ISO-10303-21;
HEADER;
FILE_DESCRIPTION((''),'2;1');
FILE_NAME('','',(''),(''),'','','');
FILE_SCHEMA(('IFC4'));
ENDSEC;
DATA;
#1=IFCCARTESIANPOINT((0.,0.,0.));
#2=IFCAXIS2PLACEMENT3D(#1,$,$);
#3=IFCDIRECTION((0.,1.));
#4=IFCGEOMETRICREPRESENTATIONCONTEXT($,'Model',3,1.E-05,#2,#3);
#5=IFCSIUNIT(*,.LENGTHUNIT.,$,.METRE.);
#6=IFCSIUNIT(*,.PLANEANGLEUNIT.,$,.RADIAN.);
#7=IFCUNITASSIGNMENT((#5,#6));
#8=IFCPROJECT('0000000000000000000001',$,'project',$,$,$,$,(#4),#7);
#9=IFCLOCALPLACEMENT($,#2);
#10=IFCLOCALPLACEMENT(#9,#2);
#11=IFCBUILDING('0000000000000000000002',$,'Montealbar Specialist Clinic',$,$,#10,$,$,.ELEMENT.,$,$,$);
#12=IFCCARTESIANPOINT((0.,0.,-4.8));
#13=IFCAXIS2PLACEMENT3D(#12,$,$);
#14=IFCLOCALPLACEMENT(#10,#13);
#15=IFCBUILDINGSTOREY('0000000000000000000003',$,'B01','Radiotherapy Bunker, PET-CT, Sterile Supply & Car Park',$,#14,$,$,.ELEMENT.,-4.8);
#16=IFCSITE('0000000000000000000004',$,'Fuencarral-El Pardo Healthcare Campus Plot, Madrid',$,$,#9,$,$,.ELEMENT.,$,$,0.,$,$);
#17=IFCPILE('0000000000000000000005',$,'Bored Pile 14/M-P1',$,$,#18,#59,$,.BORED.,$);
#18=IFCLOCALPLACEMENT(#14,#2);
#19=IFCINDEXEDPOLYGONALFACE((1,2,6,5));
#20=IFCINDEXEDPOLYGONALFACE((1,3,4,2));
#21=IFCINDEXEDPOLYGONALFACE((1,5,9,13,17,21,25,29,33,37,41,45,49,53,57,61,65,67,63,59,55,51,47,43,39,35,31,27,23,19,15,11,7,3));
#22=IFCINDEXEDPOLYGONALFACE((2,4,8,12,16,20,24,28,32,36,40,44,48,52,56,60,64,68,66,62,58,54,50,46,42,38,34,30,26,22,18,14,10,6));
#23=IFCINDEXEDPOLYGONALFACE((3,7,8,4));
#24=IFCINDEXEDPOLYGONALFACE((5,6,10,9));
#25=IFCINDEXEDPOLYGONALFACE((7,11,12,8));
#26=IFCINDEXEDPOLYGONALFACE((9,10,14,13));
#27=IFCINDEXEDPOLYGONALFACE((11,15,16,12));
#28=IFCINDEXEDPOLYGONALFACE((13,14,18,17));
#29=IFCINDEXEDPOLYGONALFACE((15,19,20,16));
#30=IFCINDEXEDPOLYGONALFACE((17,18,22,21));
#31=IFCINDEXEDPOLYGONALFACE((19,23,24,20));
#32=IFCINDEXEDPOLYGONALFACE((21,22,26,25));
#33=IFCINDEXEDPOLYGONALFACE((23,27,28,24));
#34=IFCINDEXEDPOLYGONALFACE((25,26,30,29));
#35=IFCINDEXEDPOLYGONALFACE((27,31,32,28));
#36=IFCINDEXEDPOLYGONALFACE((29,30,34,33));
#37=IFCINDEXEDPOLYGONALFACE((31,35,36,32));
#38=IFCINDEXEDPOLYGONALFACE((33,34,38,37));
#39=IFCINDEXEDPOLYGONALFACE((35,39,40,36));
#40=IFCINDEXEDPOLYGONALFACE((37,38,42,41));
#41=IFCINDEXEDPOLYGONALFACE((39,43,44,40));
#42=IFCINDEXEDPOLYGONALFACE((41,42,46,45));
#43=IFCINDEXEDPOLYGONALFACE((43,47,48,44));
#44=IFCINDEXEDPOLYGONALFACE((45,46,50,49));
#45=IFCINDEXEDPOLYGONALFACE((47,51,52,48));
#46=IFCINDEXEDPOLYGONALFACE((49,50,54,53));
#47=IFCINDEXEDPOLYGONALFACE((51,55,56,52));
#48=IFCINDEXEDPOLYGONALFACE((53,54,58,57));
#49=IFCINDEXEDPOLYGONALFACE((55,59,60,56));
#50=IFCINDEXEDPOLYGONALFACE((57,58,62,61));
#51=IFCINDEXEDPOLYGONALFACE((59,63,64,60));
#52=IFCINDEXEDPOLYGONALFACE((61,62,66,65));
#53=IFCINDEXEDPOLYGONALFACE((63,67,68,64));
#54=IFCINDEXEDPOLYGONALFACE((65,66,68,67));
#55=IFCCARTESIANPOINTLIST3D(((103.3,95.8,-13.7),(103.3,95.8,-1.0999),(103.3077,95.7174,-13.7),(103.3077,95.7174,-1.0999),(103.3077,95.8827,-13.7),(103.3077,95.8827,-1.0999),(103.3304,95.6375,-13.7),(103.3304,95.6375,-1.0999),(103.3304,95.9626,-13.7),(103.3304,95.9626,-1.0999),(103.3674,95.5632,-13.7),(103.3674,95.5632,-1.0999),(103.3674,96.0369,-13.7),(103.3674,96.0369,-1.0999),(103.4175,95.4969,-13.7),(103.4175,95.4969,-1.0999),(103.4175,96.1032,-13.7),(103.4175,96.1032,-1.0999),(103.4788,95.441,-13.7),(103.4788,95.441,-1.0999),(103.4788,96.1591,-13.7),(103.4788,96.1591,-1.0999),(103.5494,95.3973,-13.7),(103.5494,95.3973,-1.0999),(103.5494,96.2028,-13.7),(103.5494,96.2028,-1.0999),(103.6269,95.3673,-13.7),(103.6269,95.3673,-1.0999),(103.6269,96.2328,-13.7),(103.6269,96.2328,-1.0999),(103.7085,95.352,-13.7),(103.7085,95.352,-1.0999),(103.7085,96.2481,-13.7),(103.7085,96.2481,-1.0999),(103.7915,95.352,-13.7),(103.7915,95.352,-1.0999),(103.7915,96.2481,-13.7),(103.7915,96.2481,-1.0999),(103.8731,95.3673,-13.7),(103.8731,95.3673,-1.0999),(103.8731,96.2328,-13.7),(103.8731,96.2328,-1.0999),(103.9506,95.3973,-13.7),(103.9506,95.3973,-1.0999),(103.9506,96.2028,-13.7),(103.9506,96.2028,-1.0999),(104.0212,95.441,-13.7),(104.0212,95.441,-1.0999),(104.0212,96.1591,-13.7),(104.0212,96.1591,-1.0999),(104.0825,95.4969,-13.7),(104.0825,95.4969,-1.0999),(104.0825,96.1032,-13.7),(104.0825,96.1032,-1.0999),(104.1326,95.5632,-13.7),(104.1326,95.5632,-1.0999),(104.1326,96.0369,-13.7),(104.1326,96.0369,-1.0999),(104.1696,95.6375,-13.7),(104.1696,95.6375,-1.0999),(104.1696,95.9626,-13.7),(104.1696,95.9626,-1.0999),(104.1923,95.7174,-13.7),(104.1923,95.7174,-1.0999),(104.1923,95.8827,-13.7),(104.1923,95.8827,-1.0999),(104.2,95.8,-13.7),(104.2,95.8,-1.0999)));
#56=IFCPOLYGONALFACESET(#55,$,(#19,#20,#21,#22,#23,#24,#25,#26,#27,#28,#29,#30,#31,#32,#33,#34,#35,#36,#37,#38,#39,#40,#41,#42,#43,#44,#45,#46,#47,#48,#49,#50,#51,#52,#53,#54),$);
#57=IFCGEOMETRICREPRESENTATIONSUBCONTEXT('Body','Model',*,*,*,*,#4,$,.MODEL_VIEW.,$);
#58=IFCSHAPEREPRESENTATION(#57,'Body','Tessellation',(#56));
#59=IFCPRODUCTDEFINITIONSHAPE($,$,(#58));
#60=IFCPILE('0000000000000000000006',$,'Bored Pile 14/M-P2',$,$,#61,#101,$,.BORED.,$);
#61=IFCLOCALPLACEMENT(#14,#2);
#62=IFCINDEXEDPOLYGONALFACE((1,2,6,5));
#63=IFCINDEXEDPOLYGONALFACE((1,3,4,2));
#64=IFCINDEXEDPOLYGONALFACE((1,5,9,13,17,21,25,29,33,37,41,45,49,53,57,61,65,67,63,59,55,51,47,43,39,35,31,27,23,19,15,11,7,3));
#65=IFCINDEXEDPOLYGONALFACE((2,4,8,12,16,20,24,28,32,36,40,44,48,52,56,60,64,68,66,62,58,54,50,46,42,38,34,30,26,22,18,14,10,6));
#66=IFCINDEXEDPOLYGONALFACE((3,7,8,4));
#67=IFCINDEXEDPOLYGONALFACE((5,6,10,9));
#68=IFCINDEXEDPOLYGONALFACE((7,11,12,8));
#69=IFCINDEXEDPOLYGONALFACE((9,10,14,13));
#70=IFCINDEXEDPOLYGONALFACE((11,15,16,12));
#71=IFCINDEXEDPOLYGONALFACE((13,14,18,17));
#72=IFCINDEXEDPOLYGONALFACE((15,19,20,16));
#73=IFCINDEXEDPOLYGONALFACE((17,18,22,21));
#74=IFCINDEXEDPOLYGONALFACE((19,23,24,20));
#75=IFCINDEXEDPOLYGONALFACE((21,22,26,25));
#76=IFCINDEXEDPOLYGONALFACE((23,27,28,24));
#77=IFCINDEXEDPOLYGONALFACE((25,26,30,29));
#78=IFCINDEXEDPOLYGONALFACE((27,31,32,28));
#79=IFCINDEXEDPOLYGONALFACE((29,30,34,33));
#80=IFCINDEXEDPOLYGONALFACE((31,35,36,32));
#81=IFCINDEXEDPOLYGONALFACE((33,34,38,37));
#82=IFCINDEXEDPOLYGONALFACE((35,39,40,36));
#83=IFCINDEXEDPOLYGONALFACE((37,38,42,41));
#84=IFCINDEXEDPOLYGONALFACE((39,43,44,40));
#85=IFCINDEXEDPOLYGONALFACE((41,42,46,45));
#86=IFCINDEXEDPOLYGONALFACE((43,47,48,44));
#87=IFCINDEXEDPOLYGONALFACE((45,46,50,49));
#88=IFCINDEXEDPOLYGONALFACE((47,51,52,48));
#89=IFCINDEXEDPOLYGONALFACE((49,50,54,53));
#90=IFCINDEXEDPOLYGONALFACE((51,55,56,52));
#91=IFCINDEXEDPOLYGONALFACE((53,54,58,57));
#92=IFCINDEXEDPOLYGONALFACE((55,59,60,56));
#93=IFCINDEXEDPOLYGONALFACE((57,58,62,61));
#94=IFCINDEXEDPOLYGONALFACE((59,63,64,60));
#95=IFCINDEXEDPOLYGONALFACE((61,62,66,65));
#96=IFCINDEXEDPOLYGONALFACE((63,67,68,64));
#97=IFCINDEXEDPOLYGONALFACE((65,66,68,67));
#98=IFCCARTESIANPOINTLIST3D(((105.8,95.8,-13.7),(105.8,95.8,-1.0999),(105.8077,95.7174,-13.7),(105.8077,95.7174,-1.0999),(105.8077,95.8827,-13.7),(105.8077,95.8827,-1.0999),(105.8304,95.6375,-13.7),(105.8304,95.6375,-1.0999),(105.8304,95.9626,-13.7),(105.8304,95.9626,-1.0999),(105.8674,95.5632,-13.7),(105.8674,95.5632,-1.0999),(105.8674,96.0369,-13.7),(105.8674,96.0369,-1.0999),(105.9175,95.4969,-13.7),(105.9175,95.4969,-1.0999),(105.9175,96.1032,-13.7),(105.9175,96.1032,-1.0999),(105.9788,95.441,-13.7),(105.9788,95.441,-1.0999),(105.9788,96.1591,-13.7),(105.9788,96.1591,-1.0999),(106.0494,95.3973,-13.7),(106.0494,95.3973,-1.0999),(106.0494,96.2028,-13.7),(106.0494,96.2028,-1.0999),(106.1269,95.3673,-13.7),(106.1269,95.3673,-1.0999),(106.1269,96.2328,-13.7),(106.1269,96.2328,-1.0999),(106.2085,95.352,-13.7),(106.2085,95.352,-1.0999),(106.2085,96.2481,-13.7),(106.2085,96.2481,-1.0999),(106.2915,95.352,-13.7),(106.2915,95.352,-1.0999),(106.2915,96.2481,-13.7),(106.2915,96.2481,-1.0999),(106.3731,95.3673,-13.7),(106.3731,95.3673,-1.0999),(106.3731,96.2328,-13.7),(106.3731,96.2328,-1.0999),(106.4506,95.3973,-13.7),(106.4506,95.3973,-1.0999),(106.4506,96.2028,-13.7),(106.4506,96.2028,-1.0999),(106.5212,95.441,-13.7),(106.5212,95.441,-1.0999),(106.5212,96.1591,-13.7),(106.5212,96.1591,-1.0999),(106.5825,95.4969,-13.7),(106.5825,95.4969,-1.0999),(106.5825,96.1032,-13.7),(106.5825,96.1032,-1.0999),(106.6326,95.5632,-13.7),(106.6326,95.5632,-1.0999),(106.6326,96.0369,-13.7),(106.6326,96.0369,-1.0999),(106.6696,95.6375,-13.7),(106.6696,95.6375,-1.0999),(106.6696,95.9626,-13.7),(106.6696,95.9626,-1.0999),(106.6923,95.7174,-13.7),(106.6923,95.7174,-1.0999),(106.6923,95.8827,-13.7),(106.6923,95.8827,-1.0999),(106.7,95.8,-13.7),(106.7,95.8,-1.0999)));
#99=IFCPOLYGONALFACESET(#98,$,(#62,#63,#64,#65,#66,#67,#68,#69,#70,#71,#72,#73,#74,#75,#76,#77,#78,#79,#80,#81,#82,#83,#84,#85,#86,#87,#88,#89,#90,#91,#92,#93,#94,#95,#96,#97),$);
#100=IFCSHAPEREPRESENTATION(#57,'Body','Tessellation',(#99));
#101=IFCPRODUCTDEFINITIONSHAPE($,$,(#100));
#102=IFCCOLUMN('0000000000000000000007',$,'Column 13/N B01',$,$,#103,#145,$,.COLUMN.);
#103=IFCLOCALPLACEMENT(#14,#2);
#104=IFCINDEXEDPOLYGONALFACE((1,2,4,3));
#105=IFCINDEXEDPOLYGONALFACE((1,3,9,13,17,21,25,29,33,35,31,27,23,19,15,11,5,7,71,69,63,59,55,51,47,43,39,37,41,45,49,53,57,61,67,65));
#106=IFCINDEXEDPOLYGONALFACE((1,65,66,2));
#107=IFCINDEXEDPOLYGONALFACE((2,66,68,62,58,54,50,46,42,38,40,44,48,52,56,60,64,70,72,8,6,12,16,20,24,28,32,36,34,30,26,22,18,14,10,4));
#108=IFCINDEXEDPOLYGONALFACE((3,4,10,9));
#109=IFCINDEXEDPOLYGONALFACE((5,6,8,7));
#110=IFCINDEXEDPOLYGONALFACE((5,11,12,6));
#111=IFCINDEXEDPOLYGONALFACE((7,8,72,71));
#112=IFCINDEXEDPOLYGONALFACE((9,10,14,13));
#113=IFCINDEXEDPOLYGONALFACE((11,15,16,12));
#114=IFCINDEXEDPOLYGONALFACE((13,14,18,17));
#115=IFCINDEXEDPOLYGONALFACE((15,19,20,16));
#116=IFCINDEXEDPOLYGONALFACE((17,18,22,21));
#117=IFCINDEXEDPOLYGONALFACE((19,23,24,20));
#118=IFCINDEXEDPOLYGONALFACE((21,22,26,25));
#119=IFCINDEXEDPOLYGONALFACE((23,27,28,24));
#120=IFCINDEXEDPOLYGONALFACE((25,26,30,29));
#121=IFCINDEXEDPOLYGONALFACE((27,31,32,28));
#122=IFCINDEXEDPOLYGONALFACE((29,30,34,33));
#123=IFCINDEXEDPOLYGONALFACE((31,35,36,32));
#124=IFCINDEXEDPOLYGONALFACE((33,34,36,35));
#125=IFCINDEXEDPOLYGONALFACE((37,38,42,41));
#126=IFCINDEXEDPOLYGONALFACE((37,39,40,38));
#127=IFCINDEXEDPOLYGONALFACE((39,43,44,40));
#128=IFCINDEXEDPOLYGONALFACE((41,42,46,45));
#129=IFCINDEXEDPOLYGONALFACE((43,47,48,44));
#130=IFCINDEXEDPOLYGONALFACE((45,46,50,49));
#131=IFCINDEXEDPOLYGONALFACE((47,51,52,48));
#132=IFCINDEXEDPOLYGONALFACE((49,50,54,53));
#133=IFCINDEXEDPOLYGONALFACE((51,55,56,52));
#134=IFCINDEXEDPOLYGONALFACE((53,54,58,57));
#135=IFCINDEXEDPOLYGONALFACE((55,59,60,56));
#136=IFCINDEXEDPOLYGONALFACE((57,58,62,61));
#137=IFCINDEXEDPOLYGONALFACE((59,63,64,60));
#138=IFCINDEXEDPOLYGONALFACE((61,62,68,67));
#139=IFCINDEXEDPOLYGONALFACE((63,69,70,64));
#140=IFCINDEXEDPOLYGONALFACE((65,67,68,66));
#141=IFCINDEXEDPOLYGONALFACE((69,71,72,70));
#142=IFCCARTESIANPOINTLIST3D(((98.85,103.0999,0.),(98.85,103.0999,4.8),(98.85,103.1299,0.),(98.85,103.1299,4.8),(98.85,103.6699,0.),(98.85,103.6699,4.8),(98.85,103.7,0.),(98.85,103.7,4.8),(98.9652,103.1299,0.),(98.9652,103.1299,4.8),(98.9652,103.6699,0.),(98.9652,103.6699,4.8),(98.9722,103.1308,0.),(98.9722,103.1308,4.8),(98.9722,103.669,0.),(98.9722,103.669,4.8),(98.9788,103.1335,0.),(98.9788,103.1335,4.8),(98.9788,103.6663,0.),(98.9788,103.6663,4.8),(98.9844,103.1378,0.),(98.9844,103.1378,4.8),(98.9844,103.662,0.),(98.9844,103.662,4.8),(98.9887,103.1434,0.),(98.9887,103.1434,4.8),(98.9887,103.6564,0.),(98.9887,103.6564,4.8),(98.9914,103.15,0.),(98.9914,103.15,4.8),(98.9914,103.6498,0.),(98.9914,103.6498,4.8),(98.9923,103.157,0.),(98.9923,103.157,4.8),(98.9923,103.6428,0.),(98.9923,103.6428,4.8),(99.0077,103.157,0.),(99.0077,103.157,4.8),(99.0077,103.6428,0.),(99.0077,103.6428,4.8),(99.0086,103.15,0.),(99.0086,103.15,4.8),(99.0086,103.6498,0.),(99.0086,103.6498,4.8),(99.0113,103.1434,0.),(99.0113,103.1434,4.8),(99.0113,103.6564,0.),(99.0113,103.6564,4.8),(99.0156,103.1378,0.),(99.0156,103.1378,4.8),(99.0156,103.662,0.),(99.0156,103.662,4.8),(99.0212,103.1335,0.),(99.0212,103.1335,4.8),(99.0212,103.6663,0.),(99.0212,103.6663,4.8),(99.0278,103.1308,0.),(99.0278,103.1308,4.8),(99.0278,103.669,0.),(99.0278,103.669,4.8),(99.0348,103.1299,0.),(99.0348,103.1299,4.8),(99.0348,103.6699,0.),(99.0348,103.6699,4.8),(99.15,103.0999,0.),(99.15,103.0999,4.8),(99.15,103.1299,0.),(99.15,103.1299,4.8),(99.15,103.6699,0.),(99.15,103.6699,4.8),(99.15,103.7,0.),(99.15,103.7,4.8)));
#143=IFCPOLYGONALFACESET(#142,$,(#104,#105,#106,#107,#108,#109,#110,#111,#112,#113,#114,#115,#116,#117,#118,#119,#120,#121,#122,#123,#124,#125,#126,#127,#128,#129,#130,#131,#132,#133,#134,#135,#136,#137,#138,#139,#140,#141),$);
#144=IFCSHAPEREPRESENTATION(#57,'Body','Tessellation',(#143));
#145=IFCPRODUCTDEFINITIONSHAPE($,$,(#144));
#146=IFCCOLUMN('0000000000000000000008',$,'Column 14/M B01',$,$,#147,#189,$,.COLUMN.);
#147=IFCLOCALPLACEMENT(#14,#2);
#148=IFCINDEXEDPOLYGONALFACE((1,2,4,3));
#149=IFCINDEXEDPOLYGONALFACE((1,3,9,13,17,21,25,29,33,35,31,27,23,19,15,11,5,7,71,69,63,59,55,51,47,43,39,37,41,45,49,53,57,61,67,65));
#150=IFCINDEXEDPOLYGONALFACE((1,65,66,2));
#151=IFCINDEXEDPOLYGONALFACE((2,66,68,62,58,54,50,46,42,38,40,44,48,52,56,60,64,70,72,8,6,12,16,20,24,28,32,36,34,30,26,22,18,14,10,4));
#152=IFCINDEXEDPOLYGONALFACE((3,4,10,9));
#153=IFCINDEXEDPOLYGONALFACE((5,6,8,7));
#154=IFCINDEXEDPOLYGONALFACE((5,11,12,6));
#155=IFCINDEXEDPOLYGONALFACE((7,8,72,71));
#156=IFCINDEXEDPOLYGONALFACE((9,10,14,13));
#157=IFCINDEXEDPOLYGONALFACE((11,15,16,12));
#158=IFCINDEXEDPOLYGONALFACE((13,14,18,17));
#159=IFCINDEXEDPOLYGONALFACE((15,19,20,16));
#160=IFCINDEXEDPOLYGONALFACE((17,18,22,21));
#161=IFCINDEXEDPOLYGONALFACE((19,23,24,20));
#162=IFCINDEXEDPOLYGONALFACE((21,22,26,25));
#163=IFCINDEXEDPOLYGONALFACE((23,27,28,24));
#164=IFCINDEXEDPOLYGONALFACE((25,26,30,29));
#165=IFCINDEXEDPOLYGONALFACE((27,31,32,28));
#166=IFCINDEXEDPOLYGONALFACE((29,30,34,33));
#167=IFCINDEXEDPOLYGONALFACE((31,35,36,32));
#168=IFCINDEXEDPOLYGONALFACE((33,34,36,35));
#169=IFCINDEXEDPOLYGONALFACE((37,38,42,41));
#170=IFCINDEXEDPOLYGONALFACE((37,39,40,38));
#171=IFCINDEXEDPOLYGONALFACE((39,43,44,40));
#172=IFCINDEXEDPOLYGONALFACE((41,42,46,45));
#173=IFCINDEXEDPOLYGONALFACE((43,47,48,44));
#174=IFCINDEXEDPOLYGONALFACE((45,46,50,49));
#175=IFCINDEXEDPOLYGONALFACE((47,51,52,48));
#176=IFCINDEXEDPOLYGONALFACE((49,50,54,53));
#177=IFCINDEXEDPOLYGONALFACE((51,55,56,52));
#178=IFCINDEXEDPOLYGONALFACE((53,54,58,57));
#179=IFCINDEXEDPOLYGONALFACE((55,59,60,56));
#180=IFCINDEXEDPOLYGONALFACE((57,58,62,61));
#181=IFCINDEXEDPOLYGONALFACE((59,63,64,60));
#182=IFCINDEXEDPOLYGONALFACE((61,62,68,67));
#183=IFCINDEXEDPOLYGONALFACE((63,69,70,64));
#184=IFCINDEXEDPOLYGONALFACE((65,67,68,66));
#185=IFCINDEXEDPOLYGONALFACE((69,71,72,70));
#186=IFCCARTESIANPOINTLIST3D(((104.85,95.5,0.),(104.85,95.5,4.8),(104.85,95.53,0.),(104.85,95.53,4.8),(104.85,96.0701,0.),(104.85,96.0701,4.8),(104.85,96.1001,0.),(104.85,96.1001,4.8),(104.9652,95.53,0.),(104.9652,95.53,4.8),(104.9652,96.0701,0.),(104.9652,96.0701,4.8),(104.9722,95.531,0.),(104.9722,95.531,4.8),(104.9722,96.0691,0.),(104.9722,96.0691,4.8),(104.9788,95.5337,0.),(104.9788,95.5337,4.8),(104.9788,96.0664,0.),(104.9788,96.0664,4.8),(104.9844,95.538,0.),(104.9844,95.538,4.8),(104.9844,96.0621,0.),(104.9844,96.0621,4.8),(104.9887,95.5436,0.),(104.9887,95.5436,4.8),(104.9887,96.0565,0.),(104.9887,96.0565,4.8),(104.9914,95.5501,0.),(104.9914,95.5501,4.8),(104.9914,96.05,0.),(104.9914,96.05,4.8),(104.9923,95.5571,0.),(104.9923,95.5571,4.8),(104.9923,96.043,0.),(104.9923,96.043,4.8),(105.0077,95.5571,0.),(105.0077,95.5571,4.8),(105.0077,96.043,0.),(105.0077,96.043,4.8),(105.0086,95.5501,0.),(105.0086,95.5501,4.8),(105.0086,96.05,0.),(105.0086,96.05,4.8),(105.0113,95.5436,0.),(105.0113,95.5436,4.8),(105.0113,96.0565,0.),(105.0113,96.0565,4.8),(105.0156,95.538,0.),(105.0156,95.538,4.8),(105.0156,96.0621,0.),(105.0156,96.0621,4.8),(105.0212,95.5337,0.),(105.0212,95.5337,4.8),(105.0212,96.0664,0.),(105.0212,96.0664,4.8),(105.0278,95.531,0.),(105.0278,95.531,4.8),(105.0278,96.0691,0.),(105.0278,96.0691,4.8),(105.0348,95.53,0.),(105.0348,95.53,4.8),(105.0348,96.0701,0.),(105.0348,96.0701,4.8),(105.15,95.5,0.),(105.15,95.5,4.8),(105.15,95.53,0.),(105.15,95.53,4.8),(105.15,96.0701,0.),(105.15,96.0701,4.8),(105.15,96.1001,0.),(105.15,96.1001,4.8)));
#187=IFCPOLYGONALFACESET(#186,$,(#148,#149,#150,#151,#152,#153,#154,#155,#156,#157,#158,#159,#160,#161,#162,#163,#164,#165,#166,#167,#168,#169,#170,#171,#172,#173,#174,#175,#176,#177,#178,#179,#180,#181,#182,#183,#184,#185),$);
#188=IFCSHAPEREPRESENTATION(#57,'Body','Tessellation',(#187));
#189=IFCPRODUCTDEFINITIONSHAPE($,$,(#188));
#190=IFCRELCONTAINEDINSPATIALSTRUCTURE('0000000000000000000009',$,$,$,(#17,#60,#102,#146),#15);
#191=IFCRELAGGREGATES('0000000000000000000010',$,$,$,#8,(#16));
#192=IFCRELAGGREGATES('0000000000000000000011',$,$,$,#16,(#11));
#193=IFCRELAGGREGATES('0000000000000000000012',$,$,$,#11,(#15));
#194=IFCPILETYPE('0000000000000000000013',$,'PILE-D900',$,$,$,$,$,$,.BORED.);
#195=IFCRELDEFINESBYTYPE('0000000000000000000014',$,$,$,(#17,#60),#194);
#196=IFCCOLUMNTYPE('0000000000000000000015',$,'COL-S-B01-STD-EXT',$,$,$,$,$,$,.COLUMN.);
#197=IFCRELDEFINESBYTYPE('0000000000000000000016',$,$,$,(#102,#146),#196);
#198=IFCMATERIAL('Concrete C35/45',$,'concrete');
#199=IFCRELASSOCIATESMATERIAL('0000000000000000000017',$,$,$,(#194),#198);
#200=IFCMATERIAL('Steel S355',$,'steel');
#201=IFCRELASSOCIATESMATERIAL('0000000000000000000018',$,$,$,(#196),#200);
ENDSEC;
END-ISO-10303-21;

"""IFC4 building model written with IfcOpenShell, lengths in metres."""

from ifc_helpers import new_model, si_unit, direction, frame, origin, origin_2d, place, context, subcontext, project, spatial, circle, i_section, extrude, material, material_profile, profile_set, type_object, element, save


model = new_model("IFC4")

# Units and contexts
model_context = context("Model", 3, precision=1e-05, world=origin(), true_north=direction((0.0, 1.0)))
body_context = subcontext(model_context, "Body", "Model", "MODEL_VIEW")
ifc_project = project(units=[si_unit("LENGTHUNIT", "METRE"), si_unit("PLANEANGLEUNIT", "RADIAN")], contexts=[model_context])

# Site, building, storey
site_placement = place(None, origin())
site = spatial("IfcSite", under=ifc_project, at=site_placement, Name="Fuencarral-El Pardo Healthcare Campus Plot, Madrid", CompositionType="ELEMENT", RefElevation=0.0)
building_placement = place(site_placement, origin())
building = spatial("IfcBuilding", under=site, at=building_placement, Name="Montealbar Specialist Clinic", CompositionType="ELEMENT")
storey_placement = place(building_placement, frame((0.0, 0.0, -4.8)))
storey = spatial("IfcBuildingStorey", under=building, at=storey_placement, Name="B01", Description="Radiotherapy Bunker, PET-CT, Sterile Supply & Car Park", CompositionType="ELEMENT", Elevation=-4.8)

# Shared definitions
ifc_material_1 = material(Name="Concrete C35/45", Category="concrete")

# Piles
ifc_material_profile_1 = material_profile(ifc_material_1, circle(Radius=0.45, at=origin_2d()), Name="PILE D900", Category="concrete")
ifc_profile_set_1 = profile_set([ifc_material_profile_1], Name="Concrete C35/45")
pile_type_1 = type_object("IfcPileType", Name="PILE-D900", PredefinedType="BORED", material=ifc_profile_set_1)
for number, where, z_axis, x_axis, name in (
    (1, (103.75, 95.8, -1.0999), (0.0, 0.0, -1.0), (1.0, 0.0, 0.0), "Bored Pile 14/M-P1"),
    (2, (106.25, 95.8, -1.0999), (0.0, 0.0, -1.0), (1.0, 0.0, 0.0), "Bored Pile 14/M-P2"),
):
    element("IfcPile", number, at=place(storey_placement, frame(where, z_axis=z_axis, x_axis=x_axis)), inside=storey, type_object=pile_type_1, Name=name, PredefinedType="BORED", context=body_context, shape_type="SweptSolid", body=[
        extrude(circle(Radius=0.45, at=origin_2d()), origin(), (0.0, 0.0, 1.0), 12.6001),
    ])

# Columns
ifc_material_2 = material(Name="Steel S355", Category="steel")
ifc_material_profile_2 = material_profile(ifc_material_2, i_section(OverallWidth=0.3, OverallDepth=0.6001, WebThickness=0.0154, FlangeThickness=0.03, FilletRadius=0.0271, at=origin_2d()), Name="HEB 600", Category="steel")
ifc_profile_set_2 = profile_set([ifc_material_profile_2], Name="Steel S355")
column_type = type_object("IfcColumnType", Name="COL-S-B01-STD-EXT", PredefinedType="COLUMN", material=ifc_profile_set_2)
for number, where, z_axis, x_axis, name in (
    (3, (99.0, 103.3999, 0.0), (0.0, 0.0, 1.0), (1.0, 0.0, 0.0), "Column 13/N B01"),
    (4, (105.0, 95.8, 0.0), (0.0, 0.0, 1.0), (1.0, 0.0, 0.0), "Column 14/M B01"),
):
    element("IfcColumn", number, at=place(storey_placement, frame(where, z_axis=z_axis, x_axis=x_axis)), inside=storey, type_object=column_type, Name=name, PredefinedType="COLUMN", context=body_context, shape_type="SweptSolid", body=[
        extrude(i_section(OverallWidth=0.3, OverallDepth=0.6001, WebThickness=0.0154, FlangeThickness=0.03, FilletRadius=0.0271, at=origin_2d()), origin(), (0.0, 0.0, 1.0), 4.8),
    ])

save(model, "model.ifc")
